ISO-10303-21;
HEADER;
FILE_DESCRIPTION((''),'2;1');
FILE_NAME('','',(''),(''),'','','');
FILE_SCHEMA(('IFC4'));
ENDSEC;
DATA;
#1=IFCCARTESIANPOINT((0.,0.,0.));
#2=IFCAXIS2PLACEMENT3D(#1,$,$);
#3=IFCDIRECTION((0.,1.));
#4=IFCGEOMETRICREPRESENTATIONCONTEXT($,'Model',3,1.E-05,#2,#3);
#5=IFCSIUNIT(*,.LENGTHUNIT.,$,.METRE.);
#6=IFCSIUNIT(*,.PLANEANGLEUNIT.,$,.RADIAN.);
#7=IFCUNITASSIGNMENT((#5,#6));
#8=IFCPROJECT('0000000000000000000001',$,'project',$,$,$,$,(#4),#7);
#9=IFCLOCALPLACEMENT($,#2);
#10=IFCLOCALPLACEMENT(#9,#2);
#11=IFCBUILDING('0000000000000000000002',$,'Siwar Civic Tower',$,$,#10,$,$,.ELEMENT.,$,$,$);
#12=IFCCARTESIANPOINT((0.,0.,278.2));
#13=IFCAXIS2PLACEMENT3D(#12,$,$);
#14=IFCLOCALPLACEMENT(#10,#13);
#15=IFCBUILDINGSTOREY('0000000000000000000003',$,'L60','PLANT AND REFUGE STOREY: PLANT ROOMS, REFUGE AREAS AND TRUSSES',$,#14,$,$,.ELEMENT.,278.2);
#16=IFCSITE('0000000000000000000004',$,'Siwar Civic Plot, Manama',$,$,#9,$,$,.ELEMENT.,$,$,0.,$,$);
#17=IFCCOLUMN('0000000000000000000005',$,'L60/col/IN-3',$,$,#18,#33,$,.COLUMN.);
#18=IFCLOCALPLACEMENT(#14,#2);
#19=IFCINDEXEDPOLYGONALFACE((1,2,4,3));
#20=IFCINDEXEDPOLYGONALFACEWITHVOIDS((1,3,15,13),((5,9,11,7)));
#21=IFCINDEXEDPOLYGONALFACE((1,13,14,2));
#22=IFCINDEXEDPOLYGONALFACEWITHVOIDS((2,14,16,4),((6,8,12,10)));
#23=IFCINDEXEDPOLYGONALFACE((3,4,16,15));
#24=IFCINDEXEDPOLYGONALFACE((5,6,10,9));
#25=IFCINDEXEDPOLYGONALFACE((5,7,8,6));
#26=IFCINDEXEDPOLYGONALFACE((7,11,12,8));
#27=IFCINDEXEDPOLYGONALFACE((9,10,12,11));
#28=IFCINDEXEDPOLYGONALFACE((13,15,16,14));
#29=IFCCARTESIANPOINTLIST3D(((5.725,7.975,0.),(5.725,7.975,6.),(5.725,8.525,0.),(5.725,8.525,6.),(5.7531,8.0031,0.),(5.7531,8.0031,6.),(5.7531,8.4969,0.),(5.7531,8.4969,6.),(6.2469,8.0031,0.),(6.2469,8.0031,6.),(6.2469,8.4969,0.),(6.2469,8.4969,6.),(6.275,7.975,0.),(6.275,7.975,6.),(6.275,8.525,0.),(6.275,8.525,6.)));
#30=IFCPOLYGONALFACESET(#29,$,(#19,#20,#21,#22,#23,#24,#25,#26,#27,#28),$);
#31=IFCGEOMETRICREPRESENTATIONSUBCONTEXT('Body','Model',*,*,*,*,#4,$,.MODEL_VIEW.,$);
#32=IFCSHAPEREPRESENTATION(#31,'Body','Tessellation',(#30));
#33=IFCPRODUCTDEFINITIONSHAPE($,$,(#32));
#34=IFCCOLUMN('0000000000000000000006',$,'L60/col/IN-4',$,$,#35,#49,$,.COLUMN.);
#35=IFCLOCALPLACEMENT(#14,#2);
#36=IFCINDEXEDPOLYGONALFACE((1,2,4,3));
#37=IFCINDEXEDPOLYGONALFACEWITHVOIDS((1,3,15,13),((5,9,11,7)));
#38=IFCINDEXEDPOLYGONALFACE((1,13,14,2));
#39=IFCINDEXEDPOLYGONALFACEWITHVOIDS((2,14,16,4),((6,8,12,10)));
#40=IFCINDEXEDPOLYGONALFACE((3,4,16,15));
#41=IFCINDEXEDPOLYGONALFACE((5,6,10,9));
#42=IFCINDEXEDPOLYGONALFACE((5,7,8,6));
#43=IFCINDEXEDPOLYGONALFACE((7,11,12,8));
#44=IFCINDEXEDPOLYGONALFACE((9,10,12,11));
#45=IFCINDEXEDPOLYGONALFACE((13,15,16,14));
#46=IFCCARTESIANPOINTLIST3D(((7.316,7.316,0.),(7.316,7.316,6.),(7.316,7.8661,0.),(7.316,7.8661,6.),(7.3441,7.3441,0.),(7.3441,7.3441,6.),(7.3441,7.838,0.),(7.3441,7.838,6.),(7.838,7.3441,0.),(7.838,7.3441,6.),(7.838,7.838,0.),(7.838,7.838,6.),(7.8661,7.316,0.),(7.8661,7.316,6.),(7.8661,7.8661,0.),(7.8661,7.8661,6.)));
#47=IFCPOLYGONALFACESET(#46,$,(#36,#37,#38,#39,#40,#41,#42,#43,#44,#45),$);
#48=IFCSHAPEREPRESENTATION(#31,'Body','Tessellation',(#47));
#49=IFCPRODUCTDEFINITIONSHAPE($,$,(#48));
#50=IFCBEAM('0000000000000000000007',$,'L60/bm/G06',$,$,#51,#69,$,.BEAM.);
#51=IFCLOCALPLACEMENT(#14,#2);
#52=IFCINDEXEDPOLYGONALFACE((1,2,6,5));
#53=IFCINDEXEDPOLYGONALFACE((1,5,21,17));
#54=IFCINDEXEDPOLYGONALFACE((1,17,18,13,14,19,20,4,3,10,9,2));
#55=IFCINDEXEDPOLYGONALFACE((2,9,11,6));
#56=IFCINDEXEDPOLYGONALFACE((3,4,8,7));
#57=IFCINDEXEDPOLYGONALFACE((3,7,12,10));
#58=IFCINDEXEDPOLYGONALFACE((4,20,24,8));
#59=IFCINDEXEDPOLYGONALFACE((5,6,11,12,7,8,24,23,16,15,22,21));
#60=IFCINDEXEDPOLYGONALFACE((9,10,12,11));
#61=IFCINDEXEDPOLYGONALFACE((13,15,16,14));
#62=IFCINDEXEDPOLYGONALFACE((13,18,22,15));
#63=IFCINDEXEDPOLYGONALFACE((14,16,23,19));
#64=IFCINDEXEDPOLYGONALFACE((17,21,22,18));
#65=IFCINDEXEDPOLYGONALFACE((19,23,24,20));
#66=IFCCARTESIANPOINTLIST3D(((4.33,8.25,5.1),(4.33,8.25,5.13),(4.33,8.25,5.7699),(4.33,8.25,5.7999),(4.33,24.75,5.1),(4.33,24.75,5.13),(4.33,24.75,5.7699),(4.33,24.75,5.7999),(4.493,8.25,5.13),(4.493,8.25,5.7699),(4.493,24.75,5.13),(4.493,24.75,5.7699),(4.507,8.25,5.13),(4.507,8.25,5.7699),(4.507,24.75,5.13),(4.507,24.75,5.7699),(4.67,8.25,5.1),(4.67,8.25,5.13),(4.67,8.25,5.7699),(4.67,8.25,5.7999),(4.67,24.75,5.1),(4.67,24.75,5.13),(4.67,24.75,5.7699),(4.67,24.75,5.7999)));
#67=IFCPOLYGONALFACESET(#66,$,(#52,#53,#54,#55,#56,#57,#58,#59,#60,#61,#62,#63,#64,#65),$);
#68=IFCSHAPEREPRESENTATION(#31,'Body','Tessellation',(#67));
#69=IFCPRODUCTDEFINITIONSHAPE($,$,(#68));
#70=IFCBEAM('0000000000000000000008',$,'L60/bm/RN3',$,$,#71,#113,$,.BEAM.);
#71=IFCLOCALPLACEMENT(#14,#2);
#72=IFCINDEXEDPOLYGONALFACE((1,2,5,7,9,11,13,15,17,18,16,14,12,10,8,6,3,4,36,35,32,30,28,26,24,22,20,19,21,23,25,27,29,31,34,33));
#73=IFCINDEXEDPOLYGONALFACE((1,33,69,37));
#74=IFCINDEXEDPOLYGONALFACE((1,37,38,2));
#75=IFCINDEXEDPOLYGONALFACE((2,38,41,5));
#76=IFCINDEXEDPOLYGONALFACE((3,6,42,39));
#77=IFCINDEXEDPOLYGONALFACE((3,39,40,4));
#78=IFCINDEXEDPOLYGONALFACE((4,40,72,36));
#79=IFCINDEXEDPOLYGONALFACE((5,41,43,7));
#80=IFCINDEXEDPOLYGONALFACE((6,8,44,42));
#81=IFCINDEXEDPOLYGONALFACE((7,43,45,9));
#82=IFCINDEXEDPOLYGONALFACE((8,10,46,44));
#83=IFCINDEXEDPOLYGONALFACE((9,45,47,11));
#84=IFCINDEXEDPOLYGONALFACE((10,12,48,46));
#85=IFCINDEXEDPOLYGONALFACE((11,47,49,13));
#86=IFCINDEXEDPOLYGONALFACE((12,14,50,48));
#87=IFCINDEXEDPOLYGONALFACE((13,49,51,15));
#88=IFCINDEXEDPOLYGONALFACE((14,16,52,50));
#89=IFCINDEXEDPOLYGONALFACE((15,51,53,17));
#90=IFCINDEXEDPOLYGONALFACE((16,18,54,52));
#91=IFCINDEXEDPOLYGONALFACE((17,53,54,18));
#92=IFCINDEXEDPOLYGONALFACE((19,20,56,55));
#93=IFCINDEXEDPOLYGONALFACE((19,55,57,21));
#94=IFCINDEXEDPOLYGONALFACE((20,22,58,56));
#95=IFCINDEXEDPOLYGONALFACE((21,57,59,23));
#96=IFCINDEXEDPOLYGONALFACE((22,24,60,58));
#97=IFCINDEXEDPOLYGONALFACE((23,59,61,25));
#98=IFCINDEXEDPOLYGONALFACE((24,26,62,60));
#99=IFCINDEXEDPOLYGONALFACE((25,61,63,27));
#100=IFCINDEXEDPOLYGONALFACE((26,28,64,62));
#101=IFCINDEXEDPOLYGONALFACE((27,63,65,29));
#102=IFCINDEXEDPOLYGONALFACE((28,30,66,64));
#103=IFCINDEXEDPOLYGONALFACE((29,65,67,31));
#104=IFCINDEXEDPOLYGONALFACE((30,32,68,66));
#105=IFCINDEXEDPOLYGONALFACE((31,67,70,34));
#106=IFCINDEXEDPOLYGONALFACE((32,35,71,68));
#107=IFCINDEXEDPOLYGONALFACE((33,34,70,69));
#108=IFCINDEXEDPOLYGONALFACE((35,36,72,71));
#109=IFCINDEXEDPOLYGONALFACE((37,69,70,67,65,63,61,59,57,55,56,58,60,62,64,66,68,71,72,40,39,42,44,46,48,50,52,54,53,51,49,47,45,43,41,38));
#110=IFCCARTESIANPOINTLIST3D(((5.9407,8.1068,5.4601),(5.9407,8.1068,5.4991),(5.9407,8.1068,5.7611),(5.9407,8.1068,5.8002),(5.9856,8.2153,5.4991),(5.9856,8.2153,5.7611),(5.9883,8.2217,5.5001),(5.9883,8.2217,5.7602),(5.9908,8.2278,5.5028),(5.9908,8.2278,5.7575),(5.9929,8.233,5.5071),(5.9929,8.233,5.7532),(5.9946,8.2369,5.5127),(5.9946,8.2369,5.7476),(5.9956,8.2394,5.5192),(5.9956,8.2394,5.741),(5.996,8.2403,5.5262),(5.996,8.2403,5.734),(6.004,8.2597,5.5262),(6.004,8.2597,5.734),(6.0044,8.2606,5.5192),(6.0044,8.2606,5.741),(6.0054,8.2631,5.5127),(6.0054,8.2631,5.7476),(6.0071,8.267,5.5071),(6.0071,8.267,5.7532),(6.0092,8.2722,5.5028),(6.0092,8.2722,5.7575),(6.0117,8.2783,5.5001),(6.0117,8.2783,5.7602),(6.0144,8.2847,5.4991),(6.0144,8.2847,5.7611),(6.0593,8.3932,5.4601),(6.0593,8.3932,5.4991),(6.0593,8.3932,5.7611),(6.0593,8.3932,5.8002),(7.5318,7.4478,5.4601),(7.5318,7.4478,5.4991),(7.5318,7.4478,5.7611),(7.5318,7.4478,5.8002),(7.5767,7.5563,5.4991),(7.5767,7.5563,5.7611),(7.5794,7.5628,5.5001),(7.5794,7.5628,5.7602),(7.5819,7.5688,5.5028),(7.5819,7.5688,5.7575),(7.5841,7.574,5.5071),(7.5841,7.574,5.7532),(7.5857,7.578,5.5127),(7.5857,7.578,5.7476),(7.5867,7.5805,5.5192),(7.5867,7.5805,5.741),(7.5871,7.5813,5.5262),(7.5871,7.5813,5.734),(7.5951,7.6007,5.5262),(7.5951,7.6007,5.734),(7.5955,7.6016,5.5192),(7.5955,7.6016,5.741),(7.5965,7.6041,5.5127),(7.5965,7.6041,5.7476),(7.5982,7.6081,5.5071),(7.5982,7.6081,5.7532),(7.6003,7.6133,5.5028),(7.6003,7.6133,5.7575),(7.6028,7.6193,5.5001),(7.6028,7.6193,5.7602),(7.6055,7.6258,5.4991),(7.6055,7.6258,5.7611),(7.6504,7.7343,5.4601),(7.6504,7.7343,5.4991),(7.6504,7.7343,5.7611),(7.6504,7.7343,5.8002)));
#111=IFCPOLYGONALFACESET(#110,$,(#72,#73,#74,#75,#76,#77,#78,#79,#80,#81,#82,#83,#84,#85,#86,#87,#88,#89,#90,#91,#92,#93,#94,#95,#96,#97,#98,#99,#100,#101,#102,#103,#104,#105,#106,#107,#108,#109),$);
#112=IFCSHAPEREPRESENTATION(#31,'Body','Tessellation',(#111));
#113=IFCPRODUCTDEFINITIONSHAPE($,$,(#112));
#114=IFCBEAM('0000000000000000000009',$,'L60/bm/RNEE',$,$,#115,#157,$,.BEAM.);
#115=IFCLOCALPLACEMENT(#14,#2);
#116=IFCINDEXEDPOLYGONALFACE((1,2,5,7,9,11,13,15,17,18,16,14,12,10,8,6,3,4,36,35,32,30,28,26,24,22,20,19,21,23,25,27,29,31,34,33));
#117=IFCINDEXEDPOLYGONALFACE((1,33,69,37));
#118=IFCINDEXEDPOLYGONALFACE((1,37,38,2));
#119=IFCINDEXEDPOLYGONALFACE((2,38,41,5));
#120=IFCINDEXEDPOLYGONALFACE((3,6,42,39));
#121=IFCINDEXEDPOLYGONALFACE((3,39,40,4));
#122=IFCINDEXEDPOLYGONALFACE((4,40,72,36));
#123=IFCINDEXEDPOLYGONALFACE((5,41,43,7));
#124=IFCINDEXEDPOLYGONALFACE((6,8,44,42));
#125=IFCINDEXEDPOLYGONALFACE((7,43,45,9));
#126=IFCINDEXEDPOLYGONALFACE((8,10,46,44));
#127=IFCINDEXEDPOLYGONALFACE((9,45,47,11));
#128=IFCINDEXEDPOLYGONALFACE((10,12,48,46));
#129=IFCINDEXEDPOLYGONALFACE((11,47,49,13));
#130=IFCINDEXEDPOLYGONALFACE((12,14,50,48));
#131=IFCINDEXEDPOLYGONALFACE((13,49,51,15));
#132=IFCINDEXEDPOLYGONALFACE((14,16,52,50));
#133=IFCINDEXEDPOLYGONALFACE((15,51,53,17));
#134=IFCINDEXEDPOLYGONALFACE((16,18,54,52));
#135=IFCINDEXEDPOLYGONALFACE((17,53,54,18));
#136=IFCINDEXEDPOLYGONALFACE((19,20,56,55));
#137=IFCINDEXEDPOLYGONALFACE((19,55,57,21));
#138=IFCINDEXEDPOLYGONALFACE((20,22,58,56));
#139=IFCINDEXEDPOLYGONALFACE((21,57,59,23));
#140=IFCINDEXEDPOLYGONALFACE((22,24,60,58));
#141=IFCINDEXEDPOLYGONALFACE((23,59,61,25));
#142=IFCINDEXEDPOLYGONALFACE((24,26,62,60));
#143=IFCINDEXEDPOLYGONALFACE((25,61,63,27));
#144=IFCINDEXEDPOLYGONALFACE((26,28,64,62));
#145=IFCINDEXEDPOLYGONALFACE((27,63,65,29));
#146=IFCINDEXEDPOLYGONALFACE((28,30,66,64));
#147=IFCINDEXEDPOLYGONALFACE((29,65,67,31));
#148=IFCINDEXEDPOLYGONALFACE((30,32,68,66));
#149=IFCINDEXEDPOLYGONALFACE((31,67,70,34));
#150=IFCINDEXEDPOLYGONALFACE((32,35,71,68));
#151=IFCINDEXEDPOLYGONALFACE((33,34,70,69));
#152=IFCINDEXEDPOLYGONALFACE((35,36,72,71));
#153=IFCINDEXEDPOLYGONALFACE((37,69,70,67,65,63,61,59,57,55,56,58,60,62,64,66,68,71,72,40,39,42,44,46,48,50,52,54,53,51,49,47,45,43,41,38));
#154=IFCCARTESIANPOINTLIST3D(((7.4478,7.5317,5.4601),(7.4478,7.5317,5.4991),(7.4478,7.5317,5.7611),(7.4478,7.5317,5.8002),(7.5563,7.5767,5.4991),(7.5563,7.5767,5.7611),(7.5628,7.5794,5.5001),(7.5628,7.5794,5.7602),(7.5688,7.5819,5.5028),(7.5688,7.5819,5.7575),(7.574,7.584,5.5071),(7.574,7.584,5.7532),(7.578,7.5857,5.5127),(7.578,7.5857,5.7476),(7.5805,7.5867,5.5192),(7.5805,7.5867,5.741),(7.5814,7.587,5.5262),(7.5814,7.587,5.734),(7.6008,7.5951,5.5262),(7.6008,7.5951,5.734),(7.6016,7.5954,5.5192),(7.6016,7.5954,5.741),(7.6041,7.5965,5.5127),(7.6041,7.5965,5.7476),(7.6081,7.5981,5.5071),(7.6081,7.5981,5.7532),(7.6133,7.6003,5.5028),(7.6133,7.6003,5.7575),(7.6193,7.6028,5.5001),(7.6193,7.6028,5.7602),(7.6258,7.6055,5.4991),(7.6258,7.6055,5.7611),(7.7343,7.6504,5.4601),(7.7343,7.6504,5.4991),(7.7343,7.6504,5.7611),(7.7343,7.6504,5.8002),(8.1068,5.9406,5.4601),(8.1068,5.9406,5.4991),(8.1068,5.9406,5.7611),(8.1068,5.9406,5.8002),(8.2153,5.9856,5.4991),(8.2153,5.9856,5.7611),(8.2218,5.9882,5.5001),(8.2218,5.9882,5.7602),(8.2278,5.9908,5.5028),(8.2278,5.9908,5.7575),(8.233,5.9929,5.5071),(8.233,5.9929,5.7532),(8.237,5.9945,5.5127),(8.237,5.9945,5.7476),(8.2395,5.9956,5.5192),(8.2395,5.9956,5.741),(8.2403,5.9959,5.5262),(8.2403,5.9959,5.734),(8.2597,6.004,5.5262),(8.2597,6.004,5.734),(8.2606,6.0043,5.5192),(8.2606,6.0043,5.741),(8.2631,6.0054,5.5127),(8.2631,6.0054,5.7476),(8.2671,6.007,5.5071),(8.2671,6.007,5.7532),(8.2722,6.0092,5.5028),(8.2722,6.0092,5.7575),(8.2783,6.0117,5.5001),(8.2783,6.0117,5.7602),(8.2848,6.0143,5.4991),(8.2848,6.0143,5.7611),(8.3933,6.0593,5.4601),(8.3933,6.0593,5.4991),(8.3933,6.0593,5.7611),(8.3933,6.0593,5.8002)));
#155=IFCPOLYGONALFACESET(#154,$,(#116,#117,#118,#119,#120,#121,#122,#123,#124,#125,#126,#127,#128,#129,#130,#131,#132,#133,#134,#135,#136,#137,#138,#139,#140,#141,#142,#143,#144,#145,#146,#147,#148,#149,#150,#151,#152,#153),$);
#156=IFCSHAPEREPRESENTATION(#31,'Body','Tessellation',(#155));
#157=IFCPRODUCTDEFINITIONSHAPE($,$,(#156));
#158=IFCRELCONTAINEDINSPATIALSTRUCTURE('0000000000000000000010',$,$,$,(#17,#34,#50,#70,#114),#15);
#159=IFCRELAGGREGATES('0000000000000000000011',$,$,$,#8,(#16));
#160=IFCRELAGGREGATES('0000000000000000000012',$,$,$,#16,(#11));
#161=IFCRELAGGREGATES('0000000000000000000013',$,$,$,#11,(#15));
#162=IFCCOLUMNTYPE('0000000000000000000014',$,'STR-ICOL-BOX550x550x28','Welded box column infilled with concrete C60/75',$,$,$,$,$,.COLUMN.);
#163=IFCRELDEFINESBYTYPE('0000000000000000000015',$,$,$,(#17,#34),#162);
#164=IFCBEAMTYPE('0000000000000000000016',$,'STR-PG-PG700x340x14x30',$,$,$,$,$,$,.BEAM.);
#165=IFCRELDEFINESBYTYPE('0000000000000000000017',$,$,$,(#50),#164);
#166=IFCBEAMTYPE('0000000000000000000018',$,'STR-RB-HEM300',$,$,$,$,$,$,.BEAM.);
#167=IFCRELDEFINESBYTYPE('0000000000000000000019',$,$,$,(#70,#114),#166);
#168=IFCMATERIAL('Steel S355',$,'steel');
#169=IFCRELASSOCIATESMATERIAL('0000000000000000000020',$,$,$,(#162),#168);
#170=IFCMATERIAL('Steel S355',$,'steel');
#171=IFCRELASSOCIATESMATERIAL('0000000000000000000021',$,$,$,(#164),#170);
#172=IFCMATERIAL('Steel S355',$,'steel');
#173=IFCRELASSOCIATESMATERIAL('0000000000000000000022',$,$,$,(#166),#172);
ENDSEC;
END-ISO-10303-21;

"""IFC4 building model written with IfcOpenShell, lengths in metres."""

from ifc_helpers import new_model, si_unit, direction, frame, origin, origin_2d, place, context, subcontext, project, spatial, hollow_rectangle, i_section, extrude, material, material_profile, profile_set, type_object, element, save


model = new_model("IFC4")

# Units and contexts
model_context = context("Model", 3, precision=1e-05, world=origin(), true_north=direction((0.0, 1.0)))
body_context = subcontext(model_context, "Body", "Model", "MODEL_VIEW")
ifc_project = project(units=[si_unit("LENGTHUNIT", "METRE"), si_unit("PLANEANGLEUNIT", "RADIAN")], contexts=[model_context])

# Site, building, storey
site_placement = place(None, origin())
site = spatial("IfcSite", under=ifc_project, at=site_placement, Name="Siwar Civic Plot, Manama", CompositionType="ELEMENT", RefElevation=0.0)
building_placement = place(site_placement, origin())
building = spatial("IfcBuilding", under=site, at=building_placement, Name="Siwar Civic Tower", CompositionType="ELEMENT")
storey_placement = place(building_placement, frame((0.0, 0.0, 278.2)))
storey = spatial("IfcBuildingStorey", under=building, at=storey_placement, Name="L60", Description="PLANT AND REFUGE STOREY: PLANT ROOMS, REFUGE AREAS AND TRUSSES", CompositionType="ELEMENT", Elevation=278.2)

# Columns
ifc_material_1 = material(Name="Steel S355", Category="steel")
ifc_material_profile_1 = material_profile(ifc_material_1, hollow_rectangle(XDim=0.55, YDim=0.55, WallThickness=0.0281, at=origin_2d()), Name="BOX550x550x28")
ifc_profile_set_1 = profile_set([ifc_material_profile_1], Name="Steel S355")
column_type = type_object("IfcColumnType", Name="STR-ICOL-BOX550x550x28", Description="Welded box column infilled with concrete C60/75", PredefinedType="COLUMN", material=ifc_profile_set_1)
for number, where, z_axis, x_axis, name in (
    (1, (6.0, 8.25, 0.0), (0.0, 0.0, 1.0), (1.0, 0.0, 0.0), "L60/col/IN-3"),
    (2, (7.5911, 7.5911, 0.0), (0.0, 0.0, 1.0), (1.0, 0.0, 0.0), "L60/col/IN-4"),
):
    element("IfcColumn", number, at=place(storey_placement, frame(where, z_axis=z_axis, x_axis=x_axis)), inside=storey, type_object=column_type, Name=name, PredefinedType="COLUMN", context=body_context, shape_type="SweptSolid", body=[
        extrude(hollow_rectangle(XDim=0.55, YDim=0.55, WallThickness=0.0281, at=origin_2d()), origin(), (0.0, 0.0, 1.0), 6.0),
    ])

# Beams
ifc_material_2 = material(Name="Steel S355", Category="steel")
ifc_material_profile_2 = material_profile(ifc_material_2, i_section(OverallWidth=0.3401, OverallDepth=0.7, WebThickness=0.0139, FlangeThickness=0.03, at=origin_2d()), Name="PG700x340x14x30")
ifc_profile_set_2 = profile_set([ifc_material_profile_2], Name="Steel S355")
beam_type_1 = type_object("IfcBeamType", Name="STR-PG-PG700x340x14x30", PredefinedType="BEAM", material=ifc_profile_set_2)
beam_placement = place(storey_placement, frame((4.5, 8.25, 5.45), z_axis=(0.0, 1.0, 0.0), x_axis=(-1.0, 0.0, 0.0)))
element("IfcBeam", 3, at=beam_placement, inside=storey, type_object=beam_type_1, Name="L60/bm/G06", PredefinedType="BEAM", context=body_context, shape_type="SweptSolid", body=[
    extrude(i_section(OverallWidth=0.3401, OverallDepth=0.7, WebThickness=0.0139, FlangeThickness=0.03, at=origin_2d()), origin(), (0.0, 0.0, 1.0), 16.5),
])
ifc_material_3 = material(Name="Steel S355", Category="steel")
ifc_material_profile_3 = material_profile(ifc_material_3, i_section(OverallWidth=0.3101, OverallDepth=0.3401, WebThickness=0.021, FlangeThickness=0.0391, FilletRadius=0.0271, at=origin_2d()), Name="HEM300")
ifc_profile_set_3 = profile_set([ifc_material_profile_3], Name="Steel S355")
beam_type_2 = type_object("IfcBeamType", Name="STR-RB-HEM300", PredefinedType="BEAM", material=ifc_profile_set_3)
for number, where, z_axis, x_axis, name in (
    (4, (6.0, 8.25, 5.6301), (0.923901, -0.382631, 0.0), (0.382631, 0.923901, 0.0), "L60/bm/RN3"),
    (5, (7.5911, 7.5911, 5.6301), (0.382631, -0.923901, 0.0), (0.923901, 0.382631, 0.0), "L60/bm/RNEE"),
):
    element("IfcBeam", number, at=place(storey_placement, frame(where, z_axis=z_axis, x_axis=x_axis)), inside=storey, type_object=beam_type_2, Name=name, PredefinedType="BEAM", context=body_context, shape_type="SweptSolid", body=[
        extrude(i_section(OverallWidth=0.3101, OverallDepth=0.3401, WebThickness=0.021, FlangeThickness=0.0391, FilletRadius=0.0271, at=origin_2d()), origin(), (0.0, 0.0, 1.0), 1.7222),
    ])

save(model, "model.ifc")
